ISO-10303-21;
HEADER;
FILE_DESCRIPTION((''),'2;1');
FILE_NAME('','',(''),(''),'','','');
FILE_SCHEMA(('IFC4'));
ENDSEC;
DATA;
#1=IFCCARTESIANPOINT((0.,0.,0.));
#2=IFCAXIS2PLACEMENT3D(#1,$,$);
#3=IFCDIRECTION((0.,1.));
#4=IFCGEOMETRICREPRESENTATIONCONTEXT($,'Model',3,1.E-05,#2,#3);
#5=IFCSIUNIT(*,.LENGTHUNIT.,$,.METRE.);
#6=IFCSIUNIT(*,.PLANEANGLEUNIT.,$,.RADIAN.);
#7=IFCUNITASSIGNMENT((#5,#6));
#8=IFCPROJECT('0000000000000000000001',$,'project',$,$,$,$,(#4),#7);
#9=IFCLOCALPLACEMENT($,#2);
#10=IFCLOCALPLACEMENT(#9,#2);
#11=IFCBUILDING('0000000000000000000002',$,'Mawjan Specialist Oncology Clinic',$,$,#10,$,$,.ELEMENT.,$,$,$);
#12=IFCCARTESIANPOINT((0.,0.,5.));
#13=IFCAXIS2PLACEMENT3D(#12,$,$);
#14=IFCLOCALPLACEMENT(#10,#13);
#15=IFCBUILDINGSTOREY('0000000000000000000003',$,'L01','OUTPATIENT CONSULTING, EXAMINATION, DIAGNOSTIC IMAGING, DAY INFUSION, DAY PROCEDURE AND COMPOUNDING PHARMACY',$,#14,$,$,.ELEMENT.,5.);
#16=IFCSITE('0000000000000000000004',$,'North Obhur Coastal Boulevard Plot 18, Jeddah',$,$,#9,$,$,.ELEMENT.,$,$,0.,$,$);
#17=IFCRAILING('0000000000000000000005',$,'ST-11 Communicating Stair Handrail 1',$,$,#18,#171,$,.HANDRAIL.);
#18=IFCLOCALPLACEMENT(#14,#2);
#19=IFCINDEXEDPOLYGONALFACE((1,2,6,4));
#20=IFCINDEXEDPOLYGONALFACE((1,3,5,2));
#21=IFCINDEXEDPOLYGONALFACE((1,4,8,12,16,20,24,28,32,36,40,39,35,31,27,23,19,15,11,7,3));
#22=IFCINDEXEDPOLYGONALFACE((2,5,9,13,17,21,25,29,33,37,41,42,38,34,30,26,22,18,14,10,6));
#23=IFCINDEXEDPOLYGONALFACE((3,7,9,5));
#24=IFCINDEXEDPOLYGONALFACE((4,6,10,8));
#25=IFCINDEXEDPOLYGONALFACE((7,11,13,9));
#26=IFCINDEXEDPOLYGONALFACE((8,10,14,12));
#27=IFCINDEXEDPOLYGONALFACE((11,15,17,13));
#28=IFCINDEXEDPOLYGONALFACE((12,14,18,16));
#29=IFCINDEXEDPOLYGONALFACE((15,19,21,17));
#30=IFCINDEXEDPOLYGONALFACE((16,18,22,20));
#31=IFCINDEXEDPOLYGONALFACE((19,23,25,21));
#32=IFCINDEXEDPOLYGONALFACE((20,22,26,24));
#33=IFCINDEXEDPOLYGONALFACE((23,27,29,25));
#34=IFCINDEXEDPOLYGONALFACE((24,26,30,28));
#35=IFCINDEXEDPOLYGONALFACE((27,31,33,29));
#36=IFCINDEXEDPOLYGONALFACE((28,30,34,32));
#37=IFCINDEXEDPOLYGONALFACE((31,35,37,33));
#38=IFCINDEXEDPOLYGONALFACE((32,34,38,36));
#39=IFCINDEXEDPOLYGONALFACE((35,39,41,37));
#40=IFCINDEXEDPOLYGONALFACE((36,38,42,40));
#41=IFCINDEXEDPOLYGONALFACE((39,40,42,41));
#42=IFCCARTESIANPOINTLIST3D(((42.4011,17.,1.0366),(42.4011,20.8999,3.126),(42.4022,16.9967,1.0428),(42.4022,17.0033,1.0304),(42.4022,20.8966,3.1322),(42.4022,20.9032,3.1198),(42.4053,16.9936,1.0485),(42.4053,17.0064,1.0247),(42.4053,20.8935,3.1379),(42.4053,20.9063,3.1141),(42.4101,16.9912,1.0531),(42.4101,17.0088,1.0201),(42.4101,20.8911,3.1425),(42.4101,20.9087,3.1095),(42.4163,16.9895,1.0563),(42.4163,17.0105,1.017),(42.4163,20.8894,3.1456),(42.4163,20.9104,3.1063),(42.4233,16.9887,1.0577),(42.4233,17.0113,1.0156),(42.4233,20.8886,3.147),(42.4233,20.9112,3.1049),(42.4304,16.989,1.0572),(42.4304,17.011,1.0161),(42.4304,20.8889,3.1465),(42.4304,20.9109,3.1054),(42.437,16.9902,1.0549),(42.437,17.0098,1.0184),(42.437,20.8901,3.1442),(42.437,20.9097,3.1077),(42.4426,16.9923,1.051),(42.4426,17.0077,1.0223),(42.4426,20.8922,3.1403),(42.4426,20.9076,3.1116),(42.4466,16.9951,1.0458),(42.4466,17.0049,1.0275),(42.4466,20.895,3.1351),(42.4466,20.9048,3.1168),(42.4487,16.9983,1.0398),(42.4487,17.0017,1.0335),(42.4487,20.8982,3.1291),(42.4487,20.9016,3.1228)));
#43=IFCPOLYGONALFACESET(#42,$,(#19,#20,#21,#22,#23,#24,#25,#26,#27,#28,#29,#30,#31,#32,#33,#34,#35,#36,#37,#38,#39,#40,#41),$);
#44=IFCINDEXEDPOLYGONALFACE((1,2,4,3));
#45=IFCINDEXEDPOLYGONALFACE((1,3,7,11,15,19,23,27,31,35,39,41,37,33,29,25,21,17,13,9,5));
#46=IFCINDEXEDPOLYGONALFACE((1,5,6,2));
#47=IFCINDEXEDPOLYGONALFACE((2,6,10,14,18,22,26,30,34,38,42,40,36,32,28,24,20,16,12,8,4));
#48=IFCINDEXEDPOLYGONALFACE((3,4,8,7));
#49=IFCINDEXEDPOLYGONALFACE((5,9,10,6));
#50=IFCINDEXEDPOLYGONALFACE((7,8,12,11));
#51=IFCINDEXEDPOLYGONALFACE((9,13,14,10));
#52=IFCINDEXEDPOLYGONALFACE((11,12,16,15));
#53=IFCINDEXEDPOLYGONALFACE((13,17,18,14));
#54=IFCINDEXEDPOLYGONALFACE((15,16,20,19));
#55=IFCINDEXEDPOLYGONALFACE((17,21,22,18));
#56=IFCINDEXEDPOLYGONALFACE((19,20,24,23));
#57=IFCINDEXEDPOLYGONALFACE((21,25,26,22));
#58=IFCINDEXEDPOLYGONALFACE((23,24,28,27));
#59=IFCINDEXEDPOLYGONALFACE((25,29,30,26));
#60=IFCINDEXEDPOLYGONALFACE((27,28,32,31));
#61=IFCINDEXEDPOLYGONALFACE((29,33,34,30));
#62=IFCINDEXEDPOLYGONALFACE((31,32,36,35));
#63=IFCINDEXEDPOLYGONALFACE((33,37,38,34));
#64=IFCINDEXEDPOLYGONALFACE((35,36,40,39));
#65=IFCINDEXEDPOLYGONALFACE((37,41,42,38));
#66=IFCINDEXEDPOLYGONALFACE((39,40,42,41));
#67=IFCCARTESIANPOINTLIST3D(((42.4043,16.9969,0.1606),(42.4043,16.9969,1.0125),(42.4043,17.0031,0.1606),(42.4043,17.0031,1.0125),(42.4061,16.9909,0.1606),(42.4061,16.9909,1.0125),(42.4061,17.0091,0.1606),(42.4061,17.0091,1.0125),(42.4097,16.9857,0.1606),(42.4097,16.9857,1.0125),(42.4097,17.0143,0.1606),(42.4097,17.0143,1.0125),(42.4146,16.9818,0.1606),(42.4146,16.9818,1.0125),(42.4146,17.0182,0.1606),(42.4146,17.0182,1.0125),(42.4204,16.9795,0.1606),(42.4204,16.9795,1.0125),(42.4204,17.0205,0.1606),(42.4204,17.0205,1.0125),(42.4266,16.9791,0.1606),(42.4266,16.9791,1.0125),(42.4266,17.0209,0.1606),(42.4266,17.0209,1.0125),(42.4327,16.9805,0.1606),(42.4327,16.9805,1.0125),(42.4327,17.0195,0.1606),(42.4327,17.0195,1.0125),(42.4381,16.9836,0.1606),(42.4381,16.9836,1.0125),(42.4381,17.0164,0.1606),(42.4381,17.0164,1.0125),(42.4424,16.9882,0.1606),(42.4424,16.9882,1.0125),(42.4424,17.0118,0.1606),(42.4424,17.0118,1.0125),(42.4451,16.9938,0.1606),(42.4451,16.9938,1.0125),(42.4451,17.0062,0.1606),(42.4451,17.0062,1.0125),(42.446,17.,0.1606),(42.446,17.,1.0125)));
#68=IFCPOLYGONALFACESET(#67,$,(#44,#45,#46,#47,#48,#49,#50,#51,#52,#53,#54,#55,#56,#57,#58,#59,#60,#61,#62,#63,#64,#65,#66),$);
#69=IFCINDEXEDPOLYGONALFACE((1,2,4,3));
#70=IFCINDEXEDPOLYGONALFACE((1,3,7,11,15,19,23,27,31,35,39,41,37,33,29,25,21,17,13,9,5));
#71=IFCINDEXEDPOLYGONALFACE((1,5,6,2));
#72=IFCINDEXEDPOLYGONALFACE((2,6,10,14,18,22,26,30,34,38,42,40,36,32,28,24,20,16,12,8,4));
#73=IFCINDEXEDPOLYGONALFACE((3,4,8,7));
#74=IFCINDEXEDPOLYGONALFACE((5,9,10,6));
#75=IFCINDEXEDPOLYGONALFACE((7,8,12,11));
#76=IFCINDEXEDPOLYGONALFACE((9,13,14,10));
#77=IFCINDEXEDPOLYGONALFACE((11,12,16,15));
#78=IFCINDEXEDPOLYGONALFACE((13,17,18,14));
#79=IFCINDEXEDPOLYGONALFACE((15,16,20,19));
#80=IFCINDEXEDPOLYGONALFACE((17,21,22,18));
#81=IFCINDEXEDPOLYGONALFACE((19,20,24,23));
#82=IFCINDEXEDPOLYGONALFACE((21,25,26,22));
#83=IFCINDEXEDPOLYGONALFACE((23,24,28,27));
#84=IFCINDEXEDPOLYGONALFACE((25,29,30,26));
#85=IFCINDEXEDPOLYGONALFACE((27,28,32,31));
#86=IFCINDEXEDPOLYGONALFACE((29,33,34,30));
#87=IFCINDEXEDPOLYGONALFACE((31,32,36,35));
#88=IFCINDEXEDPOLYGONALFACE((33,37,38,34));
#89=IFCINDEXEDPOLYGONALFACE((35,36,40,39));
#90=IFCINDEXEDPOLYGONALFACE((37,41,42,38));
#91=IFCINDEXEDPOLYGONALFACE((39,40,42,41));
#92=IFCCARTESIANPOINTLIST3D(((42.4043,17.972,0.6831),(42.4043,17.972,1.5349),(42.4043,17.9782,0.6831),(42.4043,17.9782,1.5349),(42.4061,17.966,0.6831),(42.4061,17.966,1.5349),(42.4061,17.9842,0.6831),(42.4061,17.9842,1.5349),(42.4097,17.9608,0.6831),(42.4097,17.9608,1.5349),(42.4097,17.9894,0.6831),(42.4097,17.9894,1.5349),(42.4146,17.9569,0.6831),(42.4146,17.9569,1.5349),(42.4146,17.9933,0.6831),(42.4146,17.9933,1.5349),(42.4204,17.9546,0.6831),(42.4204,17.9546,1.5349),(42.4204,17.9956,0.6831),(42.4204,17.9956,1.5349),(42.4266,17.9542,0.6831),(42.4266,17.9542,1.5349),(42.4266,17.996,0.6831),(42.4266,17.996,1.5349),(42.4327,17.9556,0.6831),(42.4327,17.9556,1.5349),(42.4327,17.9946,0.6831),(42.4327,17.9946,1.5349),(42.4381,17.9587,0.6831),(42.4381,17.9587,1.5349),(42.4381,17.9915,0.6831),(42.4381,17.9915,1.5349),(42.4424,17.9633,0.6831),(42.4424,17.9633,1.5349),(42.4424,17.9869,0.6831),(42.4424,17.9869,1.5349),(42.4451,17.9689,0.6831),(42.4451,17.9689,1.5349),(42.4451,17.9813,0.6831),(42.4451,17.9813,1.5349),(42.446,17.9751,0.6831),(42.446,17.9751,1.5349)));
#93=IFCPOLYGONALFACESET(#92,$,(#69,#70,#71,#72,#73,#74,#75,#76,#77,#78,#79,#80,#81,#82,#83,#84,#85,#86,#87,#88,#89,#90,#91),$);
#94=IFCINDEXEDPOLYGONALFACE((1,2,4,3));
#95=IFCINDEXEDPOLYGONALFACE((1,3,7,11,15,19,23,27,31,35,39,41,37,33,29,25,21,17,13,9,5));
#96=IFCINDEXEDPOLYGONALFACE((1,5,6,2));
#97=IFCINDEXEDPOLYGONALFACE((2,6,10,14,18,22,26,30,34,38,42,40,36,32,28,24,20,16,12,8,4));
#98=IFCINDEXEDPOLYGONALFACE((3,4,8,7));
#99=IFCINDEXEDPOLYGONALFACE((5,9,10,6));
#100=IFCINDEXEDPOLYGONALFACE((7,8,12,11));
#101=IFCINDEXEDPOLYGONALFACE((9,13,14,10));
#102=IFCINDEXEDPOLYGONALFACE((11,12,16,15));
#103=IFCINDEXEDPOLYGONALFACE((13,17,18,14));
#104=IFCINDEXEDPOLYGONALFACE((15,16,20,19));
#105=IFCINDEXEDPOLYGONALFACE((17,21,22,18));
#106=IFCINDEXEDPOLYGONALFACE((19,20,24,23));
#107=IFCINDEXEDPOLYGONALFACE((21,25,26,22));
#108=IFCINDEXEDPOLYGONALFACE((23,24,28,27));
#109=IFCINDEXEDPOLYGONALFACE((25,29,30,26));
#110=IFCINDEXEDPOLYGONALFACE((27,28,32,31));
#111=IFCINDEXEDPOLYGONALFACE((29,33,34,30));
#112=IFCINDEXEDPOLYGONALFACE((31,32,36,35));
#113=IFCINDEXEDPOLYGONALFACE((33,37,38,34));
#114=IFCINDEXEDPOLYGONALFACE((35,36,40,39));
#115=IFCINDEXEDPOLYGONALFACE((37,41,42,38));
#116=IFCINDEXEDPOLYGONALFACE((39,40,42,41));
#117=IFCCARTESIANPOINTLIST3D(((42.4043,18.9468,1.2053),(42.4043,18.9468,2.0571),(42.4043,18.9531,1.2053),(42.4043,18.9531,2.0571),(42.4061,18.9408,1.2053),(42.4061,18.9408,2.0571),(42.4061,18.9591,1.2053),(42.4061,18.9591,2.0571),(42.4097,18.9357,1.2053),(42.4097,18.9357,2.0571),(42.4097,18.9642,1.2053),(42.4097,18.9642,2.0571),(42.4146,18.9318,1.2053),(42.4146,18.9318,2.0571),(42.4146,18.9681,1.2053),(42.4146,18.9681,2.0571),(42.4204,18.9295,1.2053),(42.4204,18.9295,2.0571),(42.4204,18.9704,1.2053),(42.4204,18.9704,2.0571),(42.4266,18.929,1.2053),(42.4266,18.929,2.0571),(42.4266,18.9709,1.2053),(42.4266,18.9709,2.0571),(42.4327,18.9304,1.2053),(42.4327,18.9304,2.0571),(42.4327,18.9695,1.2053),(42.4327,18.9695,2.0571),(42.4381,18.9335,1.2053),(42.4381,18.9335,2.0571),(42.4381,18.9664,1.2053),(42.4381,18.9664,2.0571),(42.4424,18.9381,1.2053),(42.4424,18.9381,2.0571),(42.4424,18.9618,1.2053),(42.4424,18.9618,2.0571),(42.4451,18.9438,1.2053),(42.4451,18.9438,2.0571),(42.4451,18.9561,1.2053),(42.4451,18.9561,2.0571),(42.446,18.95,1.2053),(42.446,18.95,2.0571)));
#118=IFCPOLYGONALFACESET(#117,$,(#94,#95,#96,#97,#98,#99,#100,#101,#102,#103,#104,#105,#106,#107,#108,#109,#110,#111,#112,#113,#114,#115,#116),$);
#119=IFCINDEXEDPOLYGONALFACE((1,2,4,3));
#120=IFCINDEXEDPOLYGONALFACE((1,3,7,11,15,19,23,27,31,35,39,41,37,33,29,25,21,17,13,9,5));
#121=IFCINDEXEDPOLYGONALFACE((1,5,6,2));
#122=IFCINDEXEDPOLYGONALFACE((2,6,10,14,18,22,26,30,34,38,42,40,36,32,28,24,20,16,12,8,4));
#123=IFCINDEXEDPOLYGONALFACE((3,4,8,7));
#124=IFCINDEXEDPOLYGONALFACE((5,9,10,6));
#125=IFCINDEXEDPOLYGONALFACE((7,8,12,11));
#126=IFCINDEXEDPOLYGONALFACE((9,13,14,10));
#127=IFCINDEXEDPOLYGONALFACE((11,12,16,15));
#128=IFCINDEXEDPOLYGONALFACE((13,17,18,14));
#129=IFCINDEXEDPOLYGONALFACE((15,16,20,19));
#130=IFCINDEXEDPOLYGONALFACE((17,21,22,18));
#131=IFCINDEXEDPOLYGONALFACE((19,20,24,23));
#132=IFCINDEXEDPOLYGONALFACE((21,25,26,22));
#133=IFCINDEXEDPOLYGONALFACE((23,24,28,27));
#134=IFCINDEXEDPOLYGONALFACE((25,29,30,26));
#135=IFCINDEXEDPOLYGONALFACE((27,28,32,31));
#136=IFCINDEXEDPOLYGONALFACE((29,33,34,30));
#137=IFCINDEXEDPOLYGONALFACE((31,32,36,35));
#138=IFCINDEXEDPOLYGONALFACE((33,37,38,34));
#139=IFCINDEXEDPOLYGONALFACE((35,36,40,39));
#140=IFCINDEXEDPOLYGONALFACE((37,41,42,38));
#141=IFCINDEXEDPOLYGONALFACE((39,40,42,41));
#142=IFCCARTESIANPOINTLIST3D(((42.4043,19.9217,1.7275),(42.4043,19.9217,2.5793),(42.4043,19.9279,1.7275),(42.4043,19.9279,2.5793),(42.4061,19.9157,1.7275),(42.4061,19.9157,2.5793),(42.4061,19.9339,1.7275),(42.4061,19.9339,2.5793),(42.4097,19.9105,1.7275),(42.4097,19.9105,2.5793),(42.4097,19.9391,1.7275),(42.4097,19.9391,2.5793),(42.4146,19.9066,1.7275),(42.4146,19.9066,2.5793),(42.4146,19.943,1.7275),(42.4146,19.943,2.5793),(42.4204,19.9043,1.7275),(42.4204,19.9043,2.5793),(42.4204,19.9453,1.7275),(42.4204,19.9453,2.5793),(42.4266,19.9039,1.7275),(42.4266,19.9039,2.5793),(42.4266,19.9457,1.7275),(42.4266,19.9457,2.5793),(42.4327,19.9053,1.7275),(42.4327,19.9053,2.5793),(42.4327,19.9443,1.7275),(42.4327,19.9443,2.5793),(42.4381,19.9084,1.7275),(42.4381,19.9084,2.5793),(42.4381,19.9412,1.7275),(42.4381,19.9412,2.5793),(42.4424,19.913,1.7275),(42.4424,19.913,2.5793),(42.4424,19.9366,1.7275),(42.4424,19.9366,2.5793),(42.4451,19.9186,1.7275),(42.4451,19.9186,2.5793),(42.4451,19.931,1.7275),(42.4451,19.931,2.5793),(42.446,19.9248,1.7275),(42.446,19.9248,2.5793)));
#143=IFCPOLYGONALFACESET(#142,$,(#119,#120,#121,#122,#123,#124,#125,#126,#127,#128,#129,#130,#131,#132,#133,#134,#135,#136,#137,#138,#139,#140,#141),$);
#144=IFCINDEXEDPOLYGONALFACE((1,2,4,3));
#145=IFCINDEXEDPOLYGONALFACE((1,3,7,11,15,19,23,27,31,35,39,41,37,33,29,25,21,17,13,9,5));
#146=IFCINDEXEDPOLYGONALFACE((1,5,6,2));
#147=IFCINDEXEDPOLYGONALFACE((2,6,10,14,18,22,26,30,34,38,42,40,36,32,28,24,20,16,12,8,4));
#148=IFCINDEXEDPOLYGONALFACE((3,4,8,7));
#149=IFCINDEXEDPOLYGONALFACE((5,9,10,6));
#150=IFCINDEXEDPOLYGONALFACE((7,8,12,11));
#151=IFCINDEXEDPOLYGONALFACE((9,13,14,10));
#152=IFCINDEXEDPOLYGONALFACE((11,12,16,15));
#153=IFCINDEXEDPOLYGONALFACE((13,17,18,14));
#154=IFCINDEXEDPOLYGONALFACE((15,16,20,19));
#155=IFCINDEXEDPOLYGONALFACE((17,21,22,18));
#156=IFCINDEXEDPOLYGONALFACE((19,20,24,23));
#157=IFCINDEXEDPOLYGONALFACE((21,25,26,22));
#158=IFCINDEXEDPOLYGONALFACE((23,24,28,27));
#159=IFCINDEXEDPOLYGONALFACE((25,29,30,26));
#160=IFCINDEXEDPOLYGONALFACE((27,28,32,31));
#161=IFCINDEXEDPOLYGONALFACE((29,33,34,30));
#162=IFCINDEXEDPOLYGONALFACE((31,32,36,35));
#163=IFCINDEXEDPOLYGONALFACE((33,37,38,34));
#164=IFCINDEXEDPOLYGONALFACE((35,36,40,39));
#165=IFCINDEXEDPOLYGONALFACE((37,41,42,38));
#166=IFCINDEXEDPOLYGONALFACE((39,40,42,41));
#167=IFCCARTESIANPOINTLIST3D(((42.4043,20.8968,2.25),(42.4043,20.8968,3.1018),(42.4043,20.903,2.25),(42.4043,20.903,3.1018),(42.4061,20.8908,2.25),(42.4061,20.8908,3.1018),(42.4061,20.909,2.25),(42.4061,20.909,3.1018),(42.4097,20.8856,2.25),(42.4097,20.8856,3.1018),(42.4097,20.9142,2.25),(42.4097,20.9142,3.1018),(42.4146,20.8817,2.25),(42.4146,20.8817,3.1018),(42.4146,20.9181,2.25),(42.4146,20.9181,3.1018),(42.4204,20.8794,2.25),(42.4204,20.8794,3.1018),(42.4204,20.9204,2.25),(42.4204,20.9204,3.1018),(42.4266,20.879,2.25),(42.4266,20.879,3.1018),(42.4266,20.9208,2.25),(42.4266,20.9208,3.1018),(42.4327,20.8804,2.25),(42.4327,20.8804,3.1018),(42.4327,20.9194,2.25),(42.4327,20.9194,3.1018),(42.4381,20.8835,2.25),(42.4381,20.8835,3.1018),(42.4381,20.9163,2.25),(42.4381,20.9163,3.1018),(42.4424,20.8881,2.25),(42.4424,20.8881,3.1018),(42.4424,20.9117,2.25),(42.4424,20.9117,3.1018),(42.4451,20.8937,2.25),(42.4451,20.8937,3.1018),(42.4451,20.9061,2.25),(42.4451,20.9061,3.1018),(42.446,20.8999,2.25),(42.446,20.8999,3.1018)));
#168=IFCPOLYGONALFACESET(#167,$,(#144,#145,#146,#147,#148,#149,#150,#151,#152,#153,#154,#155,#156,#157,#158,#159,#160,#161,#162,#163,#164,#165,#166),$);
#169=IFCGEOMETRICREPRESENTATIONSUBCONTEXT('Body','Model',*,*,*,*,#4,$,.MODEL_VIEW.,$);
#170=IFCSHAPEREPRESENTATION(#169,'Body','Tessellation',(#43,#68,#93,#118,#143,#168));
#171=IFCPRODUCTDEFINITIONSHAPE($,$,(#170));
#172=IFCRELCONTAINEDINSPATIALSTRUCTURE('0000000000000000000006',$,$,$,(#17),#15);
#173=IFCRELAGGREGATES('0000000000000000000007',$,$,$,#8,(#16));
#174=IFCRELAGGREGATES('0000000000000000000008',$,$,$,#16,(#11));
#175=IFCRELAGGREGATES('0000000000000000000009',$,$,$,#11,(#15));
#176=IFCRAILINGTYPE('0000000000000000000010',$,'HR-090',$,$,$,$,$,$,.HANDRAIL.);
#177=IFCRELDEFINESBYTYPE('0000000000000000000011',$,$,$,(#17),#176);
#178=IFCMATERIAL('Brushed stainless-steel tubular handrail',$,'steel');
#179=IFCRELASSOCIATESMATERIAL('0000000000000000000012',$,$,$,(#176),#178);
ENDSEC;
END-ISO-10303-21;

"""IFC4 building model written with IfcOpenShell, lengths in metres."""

from ifc_helpers import new_model, si_unit, direction, frame, origin, origin_2d, place, context, subcontext, project, spatial, circle, extrude, material, type_object, element, save


model = new_model("IFC4")

# Units and contexts
model_context = context("Model", 3, precision=1e-05, world=origin(), true_north=direction((0.0, 1.0)))
body_context = subcontext(model_context, "Body", "Model", "MODEL_VIEW")
ifc_project = project(units=[si_unit("LENGTHUNIT", "METRE"), si_unit("PLANEANGLEUNIT", "RADIAN")], contexts=[model_context])

# Site, building, storey
site_placement = place(None, origin())
site = spatial("IfcSite", under=ifc_project, at=site_placement, Name="North Obhur Coastal Boulevard Plot 18, Jeddah", CompositionType="ELEMENT", RefElevation=0.0)
building_placement = place(site_placement, origin())
building = spatial("IfcBuilding", under=site, at=building_placement, Name="Mawjan Specialist Oncology Clinic", CompositionType="ELEMENT")
storey_placement = place(building_placement, frame((0.0, 0.0, 5.0)))
storey = spatial("IfcBuildingStorey", under=building, at=storey_placement, Name="L01", Description="OUTPATIENT CONSULTING, EXAMINATION, DIAGNOSTIC IMAGING, DAY INFUSION, DAY PROCEDURE AND COMPOUNDING PHARMACY", CompositionType="ELEMENT", Elevation=5.0)

# Railing
ifc_material_1 = material(Name="Brushed stainless-steel tubular handrail", Category="steel")
railing_type = type_object("IfcRailingType", Name="HR-090", PredefinedType="HANDRAIL", material=ifc_material_1)
for number, where, name in (
    (1, (42.425, 17.0, 0.1606), "ST-11 Communicating Stair Handrail 1"),
):
    element("IfcRailing", number, at=place(storey_placement, frame(where)), inside=storey, type_object=railing_type, Name=name, PredefinedType="HANDRAIL", context=body_context, shape_type="SweptSolid", body=[
        extrude(circle(Radius=0.0239, at=origin_2d()), frame((0.0, 0.0, 0.876), z_axis=(0.0, 0.881468, 0.472243), x_axis=(-1.0, 0.0, 0.0)), (0.0, 0.0, 1.0), 4.4243),
        extrude(circle(Radius=0.021, at=origin_2d()), origin(), (0.0, 0.0, 1.0), 0.8518),
        extrude(circle(Radius=0.021, at=origin_2d()), frame((0.0, 0.9751, 0.5225)), (0.0, 0.0, 1.0), 0.8518),
        extrude(circle(Radius=0.021, at=origin_2d()), frame((0.0, 1.95, 1.0447)), (0.0, 0.0, 1.0), 0.8518),
        extrude(circle(Radius=0.021, at=origin_2d()), frame((0.0, 2.9248, 1.5669)), (0.0, 0.0, 1.0), 0.8518),
        extrude(circle(Radius=0.021, at=origin_2d()), frame((0.0, 3.8999, 2.0894)), (0.0, 0.0, 1.0), 0.8518),
    ])

save(model, "model.ifc")
